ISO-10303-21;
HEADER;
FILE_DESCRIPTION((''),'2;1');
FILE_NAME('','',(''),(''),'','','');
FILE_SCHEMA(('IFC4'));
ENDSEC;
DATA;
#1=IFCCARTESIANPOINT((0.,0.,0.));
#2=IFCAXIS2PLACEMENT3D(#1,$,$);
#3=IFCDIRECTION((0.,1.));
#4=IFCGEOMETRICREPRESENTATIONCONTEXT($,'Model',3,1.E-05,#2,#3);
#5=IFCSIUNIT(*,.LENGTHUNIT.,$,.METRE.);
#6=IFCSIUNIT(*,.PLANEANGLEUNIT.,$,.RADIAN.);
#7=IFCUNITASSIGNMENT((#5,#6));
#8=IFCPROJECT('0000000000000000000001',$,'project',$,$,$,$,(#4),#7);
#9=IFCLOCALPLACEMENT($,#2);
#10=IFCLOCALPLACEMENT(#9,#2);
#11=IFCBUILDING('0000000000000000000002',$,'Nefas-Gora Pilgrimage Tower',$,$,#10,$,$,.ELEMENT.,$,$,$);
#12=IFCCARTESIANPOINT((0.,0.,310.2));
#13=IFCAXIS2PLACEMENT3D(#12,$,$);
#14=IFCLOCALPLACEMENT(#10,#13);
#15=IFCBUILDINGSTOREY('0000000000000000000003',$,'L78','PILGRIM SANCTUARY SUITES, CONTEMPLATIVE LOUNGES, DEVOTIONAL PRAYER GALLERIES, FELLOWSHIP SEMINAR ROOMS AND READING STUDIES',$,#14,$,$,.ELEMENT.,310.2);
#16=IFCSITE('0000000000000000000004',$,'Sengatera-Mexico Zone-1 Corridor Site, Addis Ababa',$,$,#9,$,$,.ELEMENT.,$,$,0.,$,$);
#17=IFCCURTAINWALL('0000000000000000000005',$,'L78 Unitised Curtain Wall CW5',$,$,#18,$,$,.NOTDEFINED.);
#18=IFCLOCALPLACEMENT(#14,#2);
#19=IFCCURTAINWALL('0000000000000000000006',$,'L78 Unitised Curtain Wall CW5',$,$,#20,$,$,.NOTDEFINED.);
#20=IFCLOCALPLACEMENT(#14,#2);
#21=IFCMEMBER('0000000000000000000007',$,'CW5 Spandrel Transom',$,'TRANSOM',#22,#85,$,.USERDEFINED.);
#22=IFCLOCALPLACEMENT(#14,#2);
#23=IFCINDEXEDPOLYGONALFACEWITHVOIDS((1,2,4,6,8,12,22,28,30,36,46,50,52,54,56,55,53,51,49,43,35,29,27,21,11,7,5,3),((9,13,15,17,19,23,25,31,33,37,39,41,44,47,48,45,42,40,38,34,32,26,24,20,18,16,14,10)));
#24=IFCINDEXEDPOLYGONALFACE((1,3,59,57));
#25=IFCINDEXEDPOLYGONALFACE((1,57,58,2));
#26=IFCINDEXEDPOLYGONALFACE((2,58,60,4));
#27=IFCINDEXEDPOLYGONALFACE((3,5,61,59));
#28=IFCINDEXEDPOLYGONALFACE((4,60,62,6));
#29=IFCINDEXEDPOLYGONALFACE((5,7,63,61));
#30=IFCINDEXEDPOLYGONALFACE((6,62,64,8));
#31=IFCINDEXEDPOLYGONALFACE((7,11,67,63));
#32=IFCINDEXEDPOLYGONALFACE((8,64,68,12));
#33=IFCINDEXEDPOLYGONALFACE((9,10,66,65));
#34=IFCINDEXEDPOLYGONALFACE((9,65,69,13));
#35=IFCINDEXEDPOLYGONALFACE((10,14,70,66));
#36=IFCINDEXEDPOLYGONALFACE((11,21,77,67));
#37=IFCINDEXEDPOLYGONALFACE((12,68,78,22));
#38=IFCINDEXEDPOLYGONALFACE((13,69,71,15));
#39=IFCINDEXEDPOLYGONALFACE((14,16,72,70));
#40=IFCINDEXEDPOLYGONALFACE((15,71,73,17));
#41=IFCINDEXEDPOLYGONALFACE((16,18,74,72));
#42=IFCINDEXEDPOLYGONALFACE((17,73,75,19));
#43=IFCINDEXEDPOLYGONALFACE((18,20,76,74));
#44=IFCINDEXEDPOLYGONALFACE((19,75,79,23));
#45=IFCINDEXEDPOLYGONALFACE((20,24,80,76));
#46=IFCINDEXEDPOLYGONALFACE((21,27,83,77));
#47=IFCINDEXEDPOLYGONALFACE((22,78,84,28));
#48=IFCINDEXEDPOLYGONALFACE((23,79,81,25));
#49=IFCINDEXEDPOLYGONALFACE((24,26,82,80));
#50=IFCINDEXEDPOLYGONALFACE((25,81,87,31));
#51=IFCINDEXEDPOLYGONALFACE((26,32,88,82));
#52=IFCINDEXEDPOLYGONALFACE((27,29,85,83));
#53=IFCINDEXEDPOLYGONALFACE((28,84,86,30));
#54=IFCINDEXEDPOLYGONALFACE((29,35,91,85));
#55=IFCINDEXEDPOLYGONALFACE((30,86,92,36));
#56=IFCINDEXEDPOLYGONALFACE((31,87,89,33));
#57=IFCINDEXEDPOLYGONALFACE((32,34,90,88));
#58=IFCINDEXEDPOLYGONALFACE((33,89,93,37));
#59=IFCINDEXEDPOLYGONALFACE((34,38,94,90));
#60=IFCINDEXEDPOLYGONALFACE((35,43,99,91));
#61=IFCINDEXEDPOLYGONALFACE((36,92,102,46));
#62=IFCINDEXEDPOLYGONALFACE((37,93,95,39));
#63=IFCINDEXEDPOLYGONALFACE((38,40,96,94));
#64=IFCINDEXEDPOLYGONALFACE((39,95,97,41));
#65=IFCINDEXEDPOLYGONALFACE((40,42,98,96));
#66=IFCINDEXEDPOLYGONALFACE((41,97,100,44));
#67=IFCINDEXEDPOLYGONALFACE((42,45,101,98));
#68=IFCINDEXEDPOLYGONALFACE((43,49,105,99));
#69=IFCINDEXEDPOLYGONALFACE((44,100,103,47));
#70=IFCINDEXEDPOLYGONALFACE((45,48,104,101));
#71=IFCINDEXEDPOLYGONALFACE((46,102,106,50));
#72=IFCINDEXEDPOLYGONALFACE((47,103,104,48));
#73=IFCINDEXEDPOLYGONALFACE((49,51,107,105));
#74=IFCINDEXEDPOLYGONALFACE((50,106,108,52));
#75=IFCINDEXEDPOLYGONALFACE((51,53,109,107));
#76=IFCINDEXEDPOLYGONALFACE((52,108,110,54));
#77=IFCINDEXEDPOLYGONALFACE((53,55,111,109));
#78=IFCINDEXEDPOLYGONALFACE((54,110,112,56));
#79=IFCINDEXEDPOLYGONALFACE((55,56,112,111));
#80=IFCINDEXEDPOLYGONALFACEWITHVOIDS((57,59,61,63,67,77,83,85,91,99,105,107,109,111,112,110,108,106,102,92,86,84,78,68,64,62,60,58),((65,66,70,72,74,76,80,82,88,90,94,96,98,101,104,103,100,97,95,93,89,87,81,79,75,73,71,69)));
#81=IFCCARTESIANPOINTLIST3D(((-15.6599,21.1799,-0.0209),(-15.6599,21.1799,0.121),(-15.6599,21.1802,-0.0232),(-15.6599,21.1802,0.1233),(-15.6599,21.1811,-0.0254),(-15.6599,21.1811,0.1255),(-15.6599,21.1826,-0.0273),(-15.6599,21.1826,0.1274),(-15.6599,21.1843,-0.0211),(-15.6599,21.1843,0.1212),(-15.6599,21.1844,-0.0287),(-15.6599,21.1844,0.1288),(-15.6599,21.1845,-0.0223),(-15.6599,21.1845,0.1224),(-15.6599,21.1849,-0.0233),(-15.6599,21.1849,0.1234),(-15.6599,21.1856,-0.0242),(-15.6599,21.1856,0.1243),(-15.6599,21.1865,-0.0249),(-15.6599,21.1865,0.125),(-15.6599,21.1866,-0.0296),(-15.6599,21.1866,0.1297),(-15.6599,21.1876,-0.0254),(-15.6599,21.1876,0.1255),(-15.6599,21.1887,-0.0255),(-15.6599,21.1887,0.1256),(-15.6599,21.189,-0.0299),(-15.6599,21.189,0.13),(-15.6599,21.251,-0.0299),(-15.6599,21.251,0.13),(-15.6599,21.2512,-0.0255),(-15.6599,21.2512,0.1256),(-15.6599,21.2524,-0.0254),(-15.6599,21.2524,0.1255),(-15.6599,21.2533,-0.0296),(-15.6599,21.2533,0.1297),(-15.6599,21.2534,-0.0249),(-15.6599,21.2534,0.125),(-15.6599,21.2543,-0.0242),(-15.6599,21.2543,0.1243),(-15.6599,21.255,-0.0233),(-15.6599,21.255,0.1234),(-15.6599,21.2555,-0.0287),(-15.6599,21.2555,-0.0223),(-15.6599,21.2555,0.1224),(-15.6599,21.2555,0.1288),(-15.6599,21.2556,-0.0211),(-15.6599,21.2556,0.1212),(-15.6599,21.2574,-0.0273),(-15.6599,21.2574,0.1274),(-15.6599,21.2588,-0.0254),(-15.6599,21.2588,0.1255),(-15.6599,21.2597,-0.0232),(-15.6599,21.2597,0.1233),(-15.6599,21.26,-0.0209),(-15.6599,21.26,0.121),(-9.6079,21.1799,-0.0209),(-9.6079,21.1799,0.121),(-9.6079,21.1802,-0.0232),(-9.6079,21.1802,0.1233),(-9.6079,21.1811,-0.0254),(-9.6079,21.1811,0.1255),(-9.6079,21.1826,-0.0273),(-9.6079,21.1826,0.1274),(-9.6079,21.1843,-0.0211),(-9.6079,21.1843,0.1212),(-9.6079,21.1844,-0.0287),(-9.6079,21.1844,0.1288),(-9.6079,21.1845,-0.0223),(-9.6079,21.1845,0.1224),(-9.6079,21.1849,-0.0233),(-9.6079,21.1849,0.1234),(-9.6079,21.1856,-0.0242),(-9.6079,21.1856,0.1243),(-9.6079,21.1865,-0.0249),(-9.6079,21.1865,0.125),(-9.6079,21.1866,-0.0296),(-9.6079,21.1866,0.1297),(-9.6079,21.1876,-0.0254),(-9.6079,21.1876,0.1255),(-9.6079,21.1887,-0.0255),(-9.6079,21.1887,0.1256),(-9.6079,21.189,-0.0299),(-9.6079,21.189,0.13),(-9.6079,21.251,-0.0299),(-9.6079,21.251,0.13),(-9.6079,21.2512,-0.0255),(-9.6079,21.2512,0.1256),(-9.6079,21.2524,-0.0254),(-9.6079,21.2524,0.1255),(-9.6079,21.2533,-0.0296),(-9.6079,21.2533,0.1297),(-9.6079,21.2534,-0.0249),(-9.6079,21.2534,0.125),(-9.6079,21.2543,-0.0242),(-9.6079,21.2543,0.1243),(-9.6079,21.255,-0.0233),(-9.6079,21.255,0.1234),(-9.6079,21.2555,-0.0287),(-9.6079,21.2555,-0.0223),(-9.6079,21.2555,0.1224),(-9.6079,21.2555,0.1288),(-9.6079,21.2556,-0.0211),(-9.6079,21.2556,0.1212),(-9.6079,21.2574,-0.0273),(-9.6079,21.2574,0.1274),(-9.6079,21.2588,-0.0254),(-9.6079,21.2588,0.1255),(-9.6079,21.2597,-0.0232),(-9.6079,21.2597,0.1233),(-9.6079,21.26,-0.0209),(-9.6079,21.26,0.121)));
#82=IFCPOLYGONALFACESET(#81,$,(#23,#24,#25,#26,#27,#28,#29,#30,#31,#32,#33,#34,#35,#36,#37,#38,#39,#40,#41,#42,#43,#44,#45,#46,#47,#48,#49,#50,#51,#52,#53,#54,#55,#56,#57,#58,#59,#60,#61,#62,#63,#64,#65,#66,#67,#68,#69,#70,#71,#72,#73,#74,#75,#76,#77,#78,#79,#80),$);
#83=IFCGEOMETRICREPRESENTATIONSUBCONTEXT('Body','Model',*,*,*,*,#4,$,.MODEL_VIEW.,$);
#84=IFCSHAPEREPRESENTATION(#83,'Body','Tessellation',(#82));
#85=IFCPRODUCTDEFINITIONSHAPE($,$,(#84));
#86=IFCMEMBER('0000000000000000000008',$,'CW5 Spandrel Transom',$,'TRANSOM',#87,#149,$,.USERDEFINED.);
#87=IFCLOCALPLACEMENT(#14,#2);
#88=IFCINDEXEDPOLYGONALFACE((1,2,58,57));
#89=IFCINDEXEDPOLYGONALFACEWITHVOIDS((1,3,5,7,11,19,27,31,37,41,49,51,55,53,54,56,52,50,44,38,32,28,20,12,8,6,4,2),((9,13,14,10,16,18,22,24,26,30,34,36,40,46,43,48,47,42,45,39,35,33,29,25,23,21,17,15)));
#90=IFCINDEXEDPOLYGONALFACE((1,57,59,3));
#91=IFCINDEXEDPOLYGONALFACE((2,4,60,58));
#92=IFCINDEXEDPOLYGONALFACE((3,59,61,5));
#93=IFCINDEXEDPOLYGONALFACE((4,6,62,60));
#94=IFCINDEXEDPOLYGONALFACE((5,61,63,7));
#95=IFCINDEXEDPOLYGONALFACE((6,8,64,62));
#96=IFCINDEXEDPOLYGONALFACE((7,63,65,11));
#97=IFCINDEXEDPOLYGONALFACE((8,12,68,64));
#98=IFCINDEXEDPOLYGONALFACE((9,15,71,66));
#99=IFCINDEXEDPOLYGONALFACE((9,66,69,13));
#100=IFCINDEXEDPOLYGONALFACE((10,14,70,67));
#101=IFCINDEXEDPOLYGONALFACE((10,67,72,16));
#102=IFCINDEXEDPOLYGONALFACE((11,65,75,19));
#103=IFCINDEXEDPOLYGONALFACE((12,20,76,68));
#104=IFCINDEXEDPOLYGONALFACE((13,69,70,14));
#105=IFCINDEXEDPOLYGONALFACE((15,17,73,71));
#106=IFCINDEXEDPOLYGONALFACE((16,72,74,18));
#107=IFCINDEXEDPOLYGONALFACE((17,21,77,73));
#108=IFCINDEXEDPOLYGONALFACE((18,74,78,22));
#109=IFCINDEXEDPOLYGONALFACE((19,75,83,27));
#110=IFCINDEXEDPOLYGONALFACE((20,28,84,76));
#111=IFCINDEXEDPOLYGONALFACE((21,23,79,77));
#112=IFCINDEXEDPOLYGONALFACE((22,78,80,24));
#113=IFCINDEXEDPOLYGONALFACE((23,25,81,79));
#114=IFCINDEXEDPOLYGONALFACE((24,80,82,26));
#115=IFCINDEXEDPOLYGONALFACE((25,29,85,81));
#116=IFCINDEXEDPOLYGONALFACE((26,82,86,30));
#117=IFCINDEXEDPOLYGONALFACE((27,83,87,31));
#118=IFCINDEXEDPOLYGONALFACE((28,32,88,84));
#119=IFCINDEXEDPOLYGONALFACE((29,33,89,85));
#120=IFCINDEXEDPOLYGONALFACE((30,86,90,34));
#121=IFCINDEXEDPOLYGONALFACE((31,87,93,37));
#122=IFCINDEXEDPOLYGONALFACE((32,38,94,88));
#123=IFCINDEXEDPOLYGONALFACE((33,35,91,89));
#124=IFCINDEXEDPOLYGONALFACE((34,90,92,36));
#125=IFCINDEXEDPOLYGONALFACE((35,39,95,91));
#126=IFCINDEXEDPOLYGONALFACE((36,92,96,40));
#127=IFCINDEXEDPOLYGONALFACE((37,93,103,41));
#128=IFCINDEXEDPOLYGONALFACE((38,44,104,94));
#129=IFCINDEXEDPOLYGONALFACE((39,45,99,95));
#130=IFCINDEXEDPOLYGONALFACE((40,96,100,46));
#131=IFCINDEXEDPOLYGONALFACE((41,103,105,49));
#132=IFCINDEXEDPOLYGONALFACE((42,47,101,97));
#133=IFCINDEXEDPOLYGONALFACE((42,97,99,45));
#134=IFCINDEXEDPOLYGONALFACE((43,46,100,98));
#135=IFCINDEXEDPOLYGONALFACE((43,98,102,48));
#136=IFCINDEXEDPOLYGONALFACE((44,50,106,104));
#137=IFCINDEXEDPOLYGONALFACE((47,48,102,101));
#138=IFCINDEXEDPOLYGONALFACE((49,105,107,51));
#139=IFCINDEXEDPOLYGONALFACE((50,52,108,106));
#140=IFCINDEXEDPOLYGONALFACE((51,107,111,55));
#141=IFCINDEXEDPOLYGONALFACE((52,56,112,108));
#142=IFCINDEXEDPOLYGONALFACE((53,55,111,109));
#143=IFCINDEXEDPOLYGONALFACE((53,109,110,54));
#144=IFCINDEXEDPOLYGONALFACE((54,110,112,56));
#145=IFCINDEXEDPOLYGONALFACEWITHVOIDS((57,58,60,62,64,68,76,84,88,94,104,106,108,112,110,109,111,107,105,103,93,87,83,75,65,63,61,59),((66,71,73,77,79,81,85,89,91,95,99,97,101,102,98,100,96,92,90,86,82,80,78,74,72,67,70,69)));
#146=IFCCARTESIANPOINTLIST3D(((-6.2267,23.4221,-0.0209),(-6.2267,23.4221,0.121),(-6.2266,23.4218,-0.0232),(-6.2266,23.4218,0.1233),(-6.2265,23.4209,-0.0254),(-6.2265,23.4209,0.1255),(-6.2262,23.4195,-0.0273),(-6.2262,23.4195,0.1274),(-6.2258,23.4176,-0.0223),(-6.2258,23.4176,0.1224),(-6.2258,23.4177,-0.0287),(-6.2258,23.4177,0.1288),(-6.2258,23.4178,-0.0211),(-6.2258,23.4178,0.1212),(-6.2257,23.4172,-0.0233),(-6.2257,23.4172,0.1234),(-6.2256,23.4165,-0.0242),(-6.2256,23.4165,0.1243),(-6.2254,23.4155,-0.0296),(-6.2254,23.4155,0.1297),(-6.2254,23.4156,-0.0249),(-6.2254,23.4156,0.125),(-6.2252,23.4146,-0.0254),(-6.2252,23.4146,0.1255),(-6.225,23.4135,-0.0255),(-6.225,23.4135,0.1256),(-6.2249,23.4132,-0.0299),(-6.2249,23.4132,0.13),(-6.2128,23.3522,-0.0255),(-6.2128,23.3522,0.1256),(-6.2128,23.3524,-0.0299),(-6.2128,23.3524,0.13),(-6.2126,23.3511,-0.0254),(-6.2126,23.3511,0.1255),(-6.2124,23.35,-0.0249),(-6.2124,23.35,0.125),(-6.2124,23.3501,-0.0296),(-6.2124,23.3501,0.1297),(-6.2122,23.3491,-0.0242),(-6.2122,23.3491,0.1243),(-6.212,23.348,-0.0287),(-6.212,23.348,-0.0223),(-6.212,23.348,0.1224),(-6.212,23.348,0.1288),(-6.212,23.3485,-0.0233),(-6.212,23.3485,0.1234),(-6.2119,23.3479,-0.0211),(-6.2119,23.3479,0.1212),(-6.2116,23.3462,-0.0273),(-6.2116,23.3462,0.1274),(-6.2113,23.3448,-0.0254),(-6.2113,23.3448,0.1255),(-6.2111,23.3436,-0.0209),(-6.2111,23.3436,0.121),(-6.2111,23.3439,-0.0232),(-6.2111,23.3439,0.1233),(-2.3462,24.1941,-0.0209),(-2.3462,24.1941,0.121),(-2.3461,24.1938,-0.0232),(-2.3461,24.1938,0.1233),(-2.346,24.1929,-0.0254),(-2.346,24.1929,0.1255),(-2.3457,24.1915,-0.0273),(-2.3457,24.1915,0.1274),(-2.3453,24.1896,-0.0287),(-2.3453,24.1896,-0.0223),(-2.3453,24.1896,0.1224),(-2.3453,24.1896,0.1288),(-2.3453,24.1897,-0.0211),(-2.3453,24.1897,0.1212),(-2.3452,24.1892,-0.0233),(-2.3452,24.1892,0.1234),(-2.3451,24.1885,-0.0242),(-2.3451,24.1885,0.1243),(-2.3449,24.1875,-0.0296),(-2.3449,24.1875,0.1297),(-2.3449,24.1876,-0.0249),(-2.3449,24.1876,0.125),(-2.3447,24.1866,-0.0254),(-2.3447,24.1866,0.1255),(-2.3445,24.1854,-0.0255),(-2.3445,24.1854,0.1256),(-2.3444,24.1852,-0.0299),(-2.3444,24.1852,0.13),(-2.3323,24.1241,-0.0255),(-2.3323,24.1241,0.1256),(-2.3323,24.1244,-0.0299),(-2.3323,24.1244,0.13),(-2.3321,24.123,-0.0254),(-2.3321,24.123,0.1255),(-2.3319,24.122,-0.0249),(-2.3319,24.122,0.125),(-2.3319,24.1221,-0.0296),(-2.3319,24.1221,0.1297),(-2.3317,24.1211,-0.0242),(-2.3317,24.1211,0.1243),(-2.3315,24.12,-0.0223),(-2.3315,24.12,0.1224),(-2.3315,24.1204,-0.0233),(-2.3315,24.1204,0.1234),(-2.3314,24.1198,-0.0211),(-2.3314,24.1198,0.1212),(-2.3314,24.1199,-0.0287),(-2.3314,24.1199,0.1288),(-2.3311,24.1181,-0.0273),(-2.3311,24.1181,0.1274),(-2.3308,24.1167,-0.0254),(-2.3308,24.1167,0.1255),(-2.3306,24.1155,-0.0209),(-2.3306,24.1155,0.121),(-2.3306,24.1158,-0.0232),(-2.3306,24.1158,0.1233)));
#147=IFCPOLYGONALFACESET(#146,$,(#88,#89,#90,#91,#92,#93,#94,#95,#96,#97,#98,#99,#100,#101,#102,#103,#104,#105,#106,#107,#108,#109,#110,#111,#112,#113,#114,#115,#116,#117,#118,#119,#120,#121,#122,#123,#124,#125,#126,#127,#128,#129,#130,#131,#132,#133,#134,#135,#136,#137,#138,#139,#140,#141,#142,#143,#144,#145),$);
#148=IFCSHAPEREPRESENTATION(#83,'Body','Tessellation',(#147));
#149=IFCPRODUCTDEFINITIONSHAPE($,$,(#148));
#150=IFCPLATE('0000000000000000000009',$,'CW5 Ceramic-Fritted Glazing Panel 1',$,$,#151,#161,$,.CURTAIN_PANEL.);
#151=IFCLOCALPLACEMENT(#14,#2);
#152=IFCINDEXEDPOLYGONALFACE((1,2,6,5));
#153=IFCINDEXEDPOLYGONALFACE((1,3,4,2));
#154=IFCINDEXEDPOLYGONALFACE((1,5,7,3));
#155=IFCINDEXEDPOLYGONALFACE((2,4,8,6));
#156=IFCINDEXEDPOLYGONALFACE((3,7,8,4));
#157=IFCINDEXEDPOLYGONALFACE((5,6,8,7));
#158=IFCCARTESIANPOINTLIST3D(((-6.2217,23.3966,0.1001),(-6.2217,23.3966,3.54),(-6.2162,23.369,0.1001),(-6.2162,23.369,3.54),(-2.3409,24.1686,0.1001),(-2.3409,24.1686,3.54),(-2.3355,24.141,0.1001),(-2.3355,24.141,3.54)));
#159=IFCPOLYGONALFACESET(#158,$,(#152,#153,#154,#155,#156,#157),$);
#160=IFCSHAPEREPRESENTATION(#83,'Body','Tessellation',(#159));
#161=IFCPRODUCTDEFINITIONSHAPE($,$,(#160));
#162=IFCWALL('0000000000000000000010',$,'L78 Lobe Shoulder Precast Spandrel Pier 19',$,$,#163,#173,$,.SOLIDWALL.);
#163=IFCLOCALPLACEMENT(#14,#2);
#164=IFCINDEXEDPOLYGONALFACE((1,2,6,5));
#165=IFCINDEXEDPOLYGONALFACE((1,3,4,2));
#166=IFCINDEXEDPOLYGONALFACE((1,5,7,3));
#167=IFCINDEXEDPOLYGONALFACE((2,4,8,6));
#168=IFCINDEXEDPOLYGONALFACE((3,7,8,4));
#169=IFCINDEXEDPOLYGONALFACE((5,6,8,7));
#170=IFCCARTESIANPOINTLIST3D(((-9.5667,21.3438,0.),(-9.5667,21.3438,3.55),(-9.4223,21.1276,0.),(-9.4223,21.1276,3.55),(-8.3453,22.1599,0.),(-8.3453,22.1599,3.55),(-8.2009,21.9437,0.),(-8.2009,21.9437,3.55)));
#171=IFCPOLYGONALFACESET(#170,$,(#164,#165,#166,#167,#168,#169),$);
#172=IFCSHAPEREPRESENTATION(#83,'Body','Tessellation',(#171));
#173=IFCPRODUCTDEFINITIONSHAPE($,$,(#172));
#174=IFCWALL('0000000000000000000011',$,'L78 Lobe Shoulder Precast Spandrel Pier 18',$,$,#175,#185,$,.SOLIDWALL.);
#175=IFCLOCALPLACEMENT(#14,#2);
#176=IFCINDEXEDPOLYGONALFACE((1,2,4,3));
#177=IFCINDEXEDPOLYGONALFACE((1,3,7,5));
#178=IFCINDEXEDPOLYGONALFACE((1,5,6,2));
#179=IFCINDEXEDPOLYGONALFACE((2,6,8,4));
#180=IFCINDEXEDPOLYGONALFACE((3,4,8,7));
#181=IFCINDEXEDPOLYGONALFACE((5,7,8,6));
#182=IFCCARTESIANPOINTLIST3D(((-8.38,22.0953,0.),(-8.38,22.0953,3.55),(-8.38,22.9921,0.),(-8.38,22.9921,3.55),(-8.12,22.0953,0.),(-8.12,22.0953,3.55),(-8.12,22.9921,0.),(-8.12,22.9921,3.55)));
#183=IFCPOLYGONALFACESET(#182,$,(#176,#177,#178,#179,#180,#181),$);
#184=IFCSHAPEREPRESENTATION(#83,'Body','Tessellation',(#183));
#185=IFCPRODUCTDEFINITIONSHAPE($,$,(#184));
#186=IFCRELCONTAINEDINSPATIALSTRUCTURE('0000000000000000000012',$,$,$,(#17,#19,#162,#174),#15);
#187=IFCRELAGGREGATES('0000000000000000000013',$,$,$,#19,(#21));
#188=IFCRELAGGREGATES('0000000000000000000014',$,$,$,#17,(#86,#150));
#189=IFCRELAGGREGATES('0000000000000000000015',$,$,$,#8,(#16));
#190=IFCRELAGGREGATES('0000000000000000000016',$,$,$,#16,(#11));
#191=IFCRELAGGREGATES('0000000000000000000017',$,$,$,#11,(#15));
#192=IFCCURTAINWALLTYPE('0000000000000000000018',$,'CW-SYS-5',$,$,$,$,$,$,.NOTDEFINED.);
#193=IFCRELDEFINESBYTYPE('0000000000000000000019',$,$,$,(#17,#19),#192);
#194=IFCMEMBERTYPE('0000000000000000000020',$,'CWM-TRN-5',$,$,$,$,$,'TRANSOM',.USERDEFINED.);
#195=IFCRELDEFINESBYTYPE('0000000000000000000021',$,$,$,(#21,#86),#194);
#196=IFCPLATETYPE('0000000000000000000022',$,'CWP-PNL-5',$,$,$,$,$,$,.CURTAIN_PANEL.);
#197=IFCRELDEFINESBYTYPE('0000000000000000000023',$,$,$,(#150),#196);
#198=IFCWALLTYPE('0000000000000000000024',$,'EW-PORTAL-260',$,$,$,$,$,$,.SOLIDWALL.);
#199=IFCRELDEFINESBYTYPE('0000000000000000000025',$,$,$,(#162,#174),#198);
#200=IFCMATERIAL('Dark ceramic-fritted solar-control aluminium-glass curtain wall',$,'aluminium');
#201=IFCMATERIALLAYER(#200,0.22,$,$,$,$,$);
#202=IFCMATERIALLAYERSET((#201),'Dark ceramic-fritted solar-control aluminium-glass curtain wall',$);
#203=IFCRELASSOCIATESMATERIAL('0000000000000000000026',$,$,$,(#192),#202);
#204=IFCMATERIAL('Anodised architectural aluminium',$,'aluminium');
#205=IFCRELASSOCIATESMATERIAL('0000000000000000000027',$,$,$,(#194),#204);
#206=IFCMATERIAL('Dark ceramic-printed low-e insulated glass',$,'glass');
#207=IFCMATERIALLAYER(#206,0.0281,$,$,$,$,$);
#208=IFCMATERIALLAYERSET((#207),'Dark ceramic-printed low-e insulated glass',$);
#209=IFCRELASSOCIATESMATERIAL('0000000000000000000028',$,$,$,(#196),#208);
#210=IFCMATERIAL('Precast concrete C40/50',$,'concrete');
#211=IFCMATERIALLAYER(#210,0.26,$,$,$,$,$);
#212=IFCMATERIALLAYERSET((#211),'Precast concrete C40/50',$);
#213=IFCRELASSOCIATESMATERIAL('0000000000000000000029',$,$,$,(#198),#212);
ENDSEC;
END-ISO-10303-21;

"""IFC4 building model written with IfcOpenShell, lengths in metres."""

from ifc_helpers import new_model, si_unit, direction, frame, frame_2d, origin, origin_2d, place, context, subcontext, project, spatial, rectangle, hollow_rectangle, extrude, source, transform, mapped, material, layer, layer_set, material_profile, profile_set, type_object, element, aggregate, save


model = new_model("IFC4")

# Units and contexts
model_context = context("Model", 3, precision=1e-05, world=origin(), true_north=direction((0.0, 1.0)))
body_context = subcontext(model_context, "Body", "Model", "MODEL_VIEW")
ifc_project = project(units=[si_unit("LENGTHUNIT", "METRE"), si_unit("PLANEANGLEUNIT", "RADIAN")], contexts=[model_context])

# Site, building, storey
site_placement = place(None, origin())
site = spatial("IfcSite", under=ifc_project, at=site_placement, Name="Sengatera-Mexico Zone-1 Corridor Site, Addis Ababa", CompositionType="ELEMENT", RefElevation=0.0)
building_placement = place(site_placement, origin())
building = spatial("IfcBuilding", under=site, at=building_placement, Name="Nefas-Gora Pilgrimage Tower", CompositionType="ELEMENT")
storey_placement = place(building_placement, frame((0.0, 0.0, 310.2)))
storey = spatial("IfcBuildingStorey", under=building, at=storey_placement, Name="L78", Description="PILGRIM SANCTUARY SUITES, CONTEMPLATIVE LOUNGES, DEVOTIONAL PRAYER GALLERIES, FELLOWSHIP SEMINAR ROOMS AND READING STUDIES", CompositionType="ELEMENT", Elevation=310.2)

# Curtain walls, member
ifc_material_1 = material(Name="Dark ceramic-fritted solar-control aluminium-glass curtain wall", Category="aluminium")
ifc_layer_1 = layer(ifc_material_1, 0.22)
ifc_layer_set_1 = layer_set([ifc_layer_1], Name="Dark ceramic-fritted solar-control aluminium-glass curtain wall")
curtain_wall_type = type_object("IfcCurtainWallType", Name="CW-SYS-5", PredefinedType="NOTDEFINED", material=ifc_layer_set_1)
curtain_wall_1_placement = place(storey_placement, origin())
curtain_wall_1 = element("IfcCurtainWall", 1, at=curtain_wall_1_placement, inside=storey, type_object=curtain_wall_type, Name="L78 Unitised Curtain Wall CW5", PredefinedType="NOTDEFINED")
ifc_material_2 = material(Name="Anodised architectural aluminium", Category="aluminium")
curtain_wall_2_placement = place(storey_placement, origin())
curtain_wall_2 = element("IfcCurtainWall", 2, at=curtain_wall_2_placement, inside=storey, type_object=curtain_wall_type, Name="L78 Unitised Curtain Wall CW5", PredefinedType="NOTDEFINED")
ifc_material_profile_1 = material_profile(ifc_material_2, hollow_rectangle(XDim=0.0801, YDim=0.1599, WallThickness=0.0044, InnerFilletRadius=0.0044, OuterFilletRadius=0.009, at=origin_2d()), Name="ALU TRANSOM 80x160")
ifc_profile_set_1 = profile_set([ifc_material_profile_1], Name="Anodised architectural aluminium")
member_type_1 = type_object("IfcMemberType", Name="CWM-TRN-5", ElementType="TRANSOM", PredefinedType="USERDEFINED", material=ifc_profile_set_1)
shared_shape_1 = source(origin(), body_context, "Body", "SweptSolid", [
    extrude(hollow_rectangle(XDim=0.0801, YDim=0.1599, WallThickness=0.0044, InnerFilletRadius=0.0044, OuterFilletRadius=0.009, at=origin_2d()), origin(), (0.0, 0.0, 1.0), 6.052),
])
member_1_placement = place(storey_placement, frame((-9.6079, 21.22, 0.05), z_axis=(-1.0, 0.0, 0.0), x_axis=(0.0, -1.0, 0.0)))
member_1 = element("IfcMember", 3, at=member_1_placement, type_object=member_type_1, Name="CW5 Spandrel Transom", ObjectType="TRANSOM", PredefinedType="USERDEFINED", context=body_context, shape_type="MappedRepresentation", body=[
    mapped(shared_shape_1, transform((0.0, 0.0, 0.0), x_axis=(1.0, 0.0, 0.0), y_axis=(0.0, 1.0, 0.0), z_axis=(0.0, 0.0, 1.0), scale=1.0)),
])
aggregate(curtain_wall_2, [member_1])

# Member
shared_shape_2 = source(origin(), body_context, "Body", "SweptSolid", [
    extrude(hollow_rectangle(XDim=0.0801, YDim=0.1599, WallThickness=0.0044, InnerFilletRadius=0.0044, OuterFilletRadius=0.009, at=origin_2d()), origin(), (0.0, 0.0, 1.0), 3.9565),
])
member_2_placement = place(storey_placement, frame((-2.3384, 24.1548, 0.05), z_axis=(-0.980782, -0.195107, 0.0), x_axis=(0.195107, -0.980782, 0.0)))
member_2 = element("IfcMember", 4, at=member_2_placement, type_object=member_type_1, Name="CW5 Spandrel Transom", ObjectType="TRANSOM", PredefinedType="USERDEFINED", context=body_context, shape_type="MappedRepresentation", body=[
    mapped(shared_shape_2, transform((0.0, 0.0, 0.0), x_axis=(1.0, 0.0, 0.0), y_axis=(0.0, 1.0, 0.0), z_axis=(0.0, 0.0, 1.0), scale=1.0)),
])

# Plate
ifc_material_3 = material(Name="Dark ceramic-printed low-e insulated glass", Category="glass")
ifc_layer_2 = layer(ifc_material_3, 0.0281)
ifc_layer_set_2 = layer_set([ifc_layer_2], Name="Dark ceramic-printed low-e insulated glass")
plate_type = type_object("IfcPlateType", Name="CWP-PNL-5", PredefinedType="CURTAIN_PANEL", material=ifc_layer_set_2)
shared_shape_3 = source(origin(), body_context, "Body", "SweptSolid", [
    extrude(rectangle(XDim=3.9568, YDim=0.0281, at=origin_2d()), origin(), (0.0, 0.0, 1.0), 3.4399),
])
plate_placement = place(storey_placement, frame((-4.2786, 23.7688, 0.1001), z_axis=(0.0, 0.0, 1.0), x_axis=(-0.980783, -0.195102, 0.0)))
plate = element("IfcPlate", 5, at=plate_placement, type_object=plate_type, Name="CW5 Ceramic-Fritted Glazing Panel 1", PredefinedType="CURTAIN_PANEL", context=body_context, shape_type="MappedRepresentation", body=[
    mapped(shared_shape_3, transform((0.0, 0.0, 0.0), x_axis=(1.0, 0.0, 0.0), y_axis=(0.0, 1.0, 0.0), z_axis=(0.0, 0.0, 1.0), scale=1.0)),
])
aggregate(curtain_wall_1, [member_2, plate])

# Walls
ifc_material_4 = material(Name="Precast concrete C40/50", Category="concrete")
ifc_layer_3 = layer(ifc_material_4, 0.26)
ifc_layer_set_3 = layer_set([ifc_layer_3], Name="Precast concrete C40/50")
wall_type_1 = type_object("IfcWallType", Name="EW-PORTAL-260", PredefinedType="SOLIDWALL", material=ifc_layer_set_3)
shared_shape_4 = source(origin(), body_context, "Body", "SweptSolid", [
    extrude(rectangle(XDim=1.469, YDim=0.26, at=frame_2d((0.7344, 0.0))), origin(), (0.0, 0.0, 1.0), 3.55),
])
wall_1_placement = place(storey_placement, frame((-8.2732, 22.0518, 0.0), z_axis=(0.0, 0.0, 1.0), x_axis=(-0.831462, -0.555582, 0.0)))
element("IfcWall", 6, at=wall_1_placement, inside=storey, type_object=wall_type_1, Name="L78 Lobe Shoulder Precast Spandrel Pier 19", PredefinedType="SOLIDWALL", context=body_context, shape_type="MappedRepresentation", body=[
    mapped(shared_shape_4, transform((0.0, 0.0, 0.0), x_axis=(1.0, 0.0, 0.0), y_axis=(0.0, 1.0, 0.0), z_axis=(0.0, 0.0, 1.0), scale=1.0)),
])
shared_shape_5 = source(origin(), body_context, "Body", "SweptSolid", [
    extrude(rectangle(XDim=0.8967, YDim=0.26, at=frame_2d((0.4482, 0.0))), origin(), (0.0, 0.0, 1.0), 3.55),
])
wall_2_placement = place(storey_placement, frame((-8.25, 22.9919, 0.0), z_axis=(0.0, 0.0, 1.0), x_axis=(0.0, -1.0, 0.0)))
element("IfcWall", 7, at=wall_2_placement, inside=storey, type_object=wall_type_1, Name="L78 Lobe Shoulder Precast Spandrel Pier 18", PredefinedType="SOLIDWALL", context=body_context, shape_type="MappedRepresentation", body=[
    mapped(shared_shape_5, transform((0.0, 0.0, 0.0), x_axis=(1.0, 0.0, 0.0), y_axis=(0.0, 1.0, 0.0), z_axis=(0.0, 0.0, 1.0), scale=1.0)),
])

save(model, "model.ifc")
